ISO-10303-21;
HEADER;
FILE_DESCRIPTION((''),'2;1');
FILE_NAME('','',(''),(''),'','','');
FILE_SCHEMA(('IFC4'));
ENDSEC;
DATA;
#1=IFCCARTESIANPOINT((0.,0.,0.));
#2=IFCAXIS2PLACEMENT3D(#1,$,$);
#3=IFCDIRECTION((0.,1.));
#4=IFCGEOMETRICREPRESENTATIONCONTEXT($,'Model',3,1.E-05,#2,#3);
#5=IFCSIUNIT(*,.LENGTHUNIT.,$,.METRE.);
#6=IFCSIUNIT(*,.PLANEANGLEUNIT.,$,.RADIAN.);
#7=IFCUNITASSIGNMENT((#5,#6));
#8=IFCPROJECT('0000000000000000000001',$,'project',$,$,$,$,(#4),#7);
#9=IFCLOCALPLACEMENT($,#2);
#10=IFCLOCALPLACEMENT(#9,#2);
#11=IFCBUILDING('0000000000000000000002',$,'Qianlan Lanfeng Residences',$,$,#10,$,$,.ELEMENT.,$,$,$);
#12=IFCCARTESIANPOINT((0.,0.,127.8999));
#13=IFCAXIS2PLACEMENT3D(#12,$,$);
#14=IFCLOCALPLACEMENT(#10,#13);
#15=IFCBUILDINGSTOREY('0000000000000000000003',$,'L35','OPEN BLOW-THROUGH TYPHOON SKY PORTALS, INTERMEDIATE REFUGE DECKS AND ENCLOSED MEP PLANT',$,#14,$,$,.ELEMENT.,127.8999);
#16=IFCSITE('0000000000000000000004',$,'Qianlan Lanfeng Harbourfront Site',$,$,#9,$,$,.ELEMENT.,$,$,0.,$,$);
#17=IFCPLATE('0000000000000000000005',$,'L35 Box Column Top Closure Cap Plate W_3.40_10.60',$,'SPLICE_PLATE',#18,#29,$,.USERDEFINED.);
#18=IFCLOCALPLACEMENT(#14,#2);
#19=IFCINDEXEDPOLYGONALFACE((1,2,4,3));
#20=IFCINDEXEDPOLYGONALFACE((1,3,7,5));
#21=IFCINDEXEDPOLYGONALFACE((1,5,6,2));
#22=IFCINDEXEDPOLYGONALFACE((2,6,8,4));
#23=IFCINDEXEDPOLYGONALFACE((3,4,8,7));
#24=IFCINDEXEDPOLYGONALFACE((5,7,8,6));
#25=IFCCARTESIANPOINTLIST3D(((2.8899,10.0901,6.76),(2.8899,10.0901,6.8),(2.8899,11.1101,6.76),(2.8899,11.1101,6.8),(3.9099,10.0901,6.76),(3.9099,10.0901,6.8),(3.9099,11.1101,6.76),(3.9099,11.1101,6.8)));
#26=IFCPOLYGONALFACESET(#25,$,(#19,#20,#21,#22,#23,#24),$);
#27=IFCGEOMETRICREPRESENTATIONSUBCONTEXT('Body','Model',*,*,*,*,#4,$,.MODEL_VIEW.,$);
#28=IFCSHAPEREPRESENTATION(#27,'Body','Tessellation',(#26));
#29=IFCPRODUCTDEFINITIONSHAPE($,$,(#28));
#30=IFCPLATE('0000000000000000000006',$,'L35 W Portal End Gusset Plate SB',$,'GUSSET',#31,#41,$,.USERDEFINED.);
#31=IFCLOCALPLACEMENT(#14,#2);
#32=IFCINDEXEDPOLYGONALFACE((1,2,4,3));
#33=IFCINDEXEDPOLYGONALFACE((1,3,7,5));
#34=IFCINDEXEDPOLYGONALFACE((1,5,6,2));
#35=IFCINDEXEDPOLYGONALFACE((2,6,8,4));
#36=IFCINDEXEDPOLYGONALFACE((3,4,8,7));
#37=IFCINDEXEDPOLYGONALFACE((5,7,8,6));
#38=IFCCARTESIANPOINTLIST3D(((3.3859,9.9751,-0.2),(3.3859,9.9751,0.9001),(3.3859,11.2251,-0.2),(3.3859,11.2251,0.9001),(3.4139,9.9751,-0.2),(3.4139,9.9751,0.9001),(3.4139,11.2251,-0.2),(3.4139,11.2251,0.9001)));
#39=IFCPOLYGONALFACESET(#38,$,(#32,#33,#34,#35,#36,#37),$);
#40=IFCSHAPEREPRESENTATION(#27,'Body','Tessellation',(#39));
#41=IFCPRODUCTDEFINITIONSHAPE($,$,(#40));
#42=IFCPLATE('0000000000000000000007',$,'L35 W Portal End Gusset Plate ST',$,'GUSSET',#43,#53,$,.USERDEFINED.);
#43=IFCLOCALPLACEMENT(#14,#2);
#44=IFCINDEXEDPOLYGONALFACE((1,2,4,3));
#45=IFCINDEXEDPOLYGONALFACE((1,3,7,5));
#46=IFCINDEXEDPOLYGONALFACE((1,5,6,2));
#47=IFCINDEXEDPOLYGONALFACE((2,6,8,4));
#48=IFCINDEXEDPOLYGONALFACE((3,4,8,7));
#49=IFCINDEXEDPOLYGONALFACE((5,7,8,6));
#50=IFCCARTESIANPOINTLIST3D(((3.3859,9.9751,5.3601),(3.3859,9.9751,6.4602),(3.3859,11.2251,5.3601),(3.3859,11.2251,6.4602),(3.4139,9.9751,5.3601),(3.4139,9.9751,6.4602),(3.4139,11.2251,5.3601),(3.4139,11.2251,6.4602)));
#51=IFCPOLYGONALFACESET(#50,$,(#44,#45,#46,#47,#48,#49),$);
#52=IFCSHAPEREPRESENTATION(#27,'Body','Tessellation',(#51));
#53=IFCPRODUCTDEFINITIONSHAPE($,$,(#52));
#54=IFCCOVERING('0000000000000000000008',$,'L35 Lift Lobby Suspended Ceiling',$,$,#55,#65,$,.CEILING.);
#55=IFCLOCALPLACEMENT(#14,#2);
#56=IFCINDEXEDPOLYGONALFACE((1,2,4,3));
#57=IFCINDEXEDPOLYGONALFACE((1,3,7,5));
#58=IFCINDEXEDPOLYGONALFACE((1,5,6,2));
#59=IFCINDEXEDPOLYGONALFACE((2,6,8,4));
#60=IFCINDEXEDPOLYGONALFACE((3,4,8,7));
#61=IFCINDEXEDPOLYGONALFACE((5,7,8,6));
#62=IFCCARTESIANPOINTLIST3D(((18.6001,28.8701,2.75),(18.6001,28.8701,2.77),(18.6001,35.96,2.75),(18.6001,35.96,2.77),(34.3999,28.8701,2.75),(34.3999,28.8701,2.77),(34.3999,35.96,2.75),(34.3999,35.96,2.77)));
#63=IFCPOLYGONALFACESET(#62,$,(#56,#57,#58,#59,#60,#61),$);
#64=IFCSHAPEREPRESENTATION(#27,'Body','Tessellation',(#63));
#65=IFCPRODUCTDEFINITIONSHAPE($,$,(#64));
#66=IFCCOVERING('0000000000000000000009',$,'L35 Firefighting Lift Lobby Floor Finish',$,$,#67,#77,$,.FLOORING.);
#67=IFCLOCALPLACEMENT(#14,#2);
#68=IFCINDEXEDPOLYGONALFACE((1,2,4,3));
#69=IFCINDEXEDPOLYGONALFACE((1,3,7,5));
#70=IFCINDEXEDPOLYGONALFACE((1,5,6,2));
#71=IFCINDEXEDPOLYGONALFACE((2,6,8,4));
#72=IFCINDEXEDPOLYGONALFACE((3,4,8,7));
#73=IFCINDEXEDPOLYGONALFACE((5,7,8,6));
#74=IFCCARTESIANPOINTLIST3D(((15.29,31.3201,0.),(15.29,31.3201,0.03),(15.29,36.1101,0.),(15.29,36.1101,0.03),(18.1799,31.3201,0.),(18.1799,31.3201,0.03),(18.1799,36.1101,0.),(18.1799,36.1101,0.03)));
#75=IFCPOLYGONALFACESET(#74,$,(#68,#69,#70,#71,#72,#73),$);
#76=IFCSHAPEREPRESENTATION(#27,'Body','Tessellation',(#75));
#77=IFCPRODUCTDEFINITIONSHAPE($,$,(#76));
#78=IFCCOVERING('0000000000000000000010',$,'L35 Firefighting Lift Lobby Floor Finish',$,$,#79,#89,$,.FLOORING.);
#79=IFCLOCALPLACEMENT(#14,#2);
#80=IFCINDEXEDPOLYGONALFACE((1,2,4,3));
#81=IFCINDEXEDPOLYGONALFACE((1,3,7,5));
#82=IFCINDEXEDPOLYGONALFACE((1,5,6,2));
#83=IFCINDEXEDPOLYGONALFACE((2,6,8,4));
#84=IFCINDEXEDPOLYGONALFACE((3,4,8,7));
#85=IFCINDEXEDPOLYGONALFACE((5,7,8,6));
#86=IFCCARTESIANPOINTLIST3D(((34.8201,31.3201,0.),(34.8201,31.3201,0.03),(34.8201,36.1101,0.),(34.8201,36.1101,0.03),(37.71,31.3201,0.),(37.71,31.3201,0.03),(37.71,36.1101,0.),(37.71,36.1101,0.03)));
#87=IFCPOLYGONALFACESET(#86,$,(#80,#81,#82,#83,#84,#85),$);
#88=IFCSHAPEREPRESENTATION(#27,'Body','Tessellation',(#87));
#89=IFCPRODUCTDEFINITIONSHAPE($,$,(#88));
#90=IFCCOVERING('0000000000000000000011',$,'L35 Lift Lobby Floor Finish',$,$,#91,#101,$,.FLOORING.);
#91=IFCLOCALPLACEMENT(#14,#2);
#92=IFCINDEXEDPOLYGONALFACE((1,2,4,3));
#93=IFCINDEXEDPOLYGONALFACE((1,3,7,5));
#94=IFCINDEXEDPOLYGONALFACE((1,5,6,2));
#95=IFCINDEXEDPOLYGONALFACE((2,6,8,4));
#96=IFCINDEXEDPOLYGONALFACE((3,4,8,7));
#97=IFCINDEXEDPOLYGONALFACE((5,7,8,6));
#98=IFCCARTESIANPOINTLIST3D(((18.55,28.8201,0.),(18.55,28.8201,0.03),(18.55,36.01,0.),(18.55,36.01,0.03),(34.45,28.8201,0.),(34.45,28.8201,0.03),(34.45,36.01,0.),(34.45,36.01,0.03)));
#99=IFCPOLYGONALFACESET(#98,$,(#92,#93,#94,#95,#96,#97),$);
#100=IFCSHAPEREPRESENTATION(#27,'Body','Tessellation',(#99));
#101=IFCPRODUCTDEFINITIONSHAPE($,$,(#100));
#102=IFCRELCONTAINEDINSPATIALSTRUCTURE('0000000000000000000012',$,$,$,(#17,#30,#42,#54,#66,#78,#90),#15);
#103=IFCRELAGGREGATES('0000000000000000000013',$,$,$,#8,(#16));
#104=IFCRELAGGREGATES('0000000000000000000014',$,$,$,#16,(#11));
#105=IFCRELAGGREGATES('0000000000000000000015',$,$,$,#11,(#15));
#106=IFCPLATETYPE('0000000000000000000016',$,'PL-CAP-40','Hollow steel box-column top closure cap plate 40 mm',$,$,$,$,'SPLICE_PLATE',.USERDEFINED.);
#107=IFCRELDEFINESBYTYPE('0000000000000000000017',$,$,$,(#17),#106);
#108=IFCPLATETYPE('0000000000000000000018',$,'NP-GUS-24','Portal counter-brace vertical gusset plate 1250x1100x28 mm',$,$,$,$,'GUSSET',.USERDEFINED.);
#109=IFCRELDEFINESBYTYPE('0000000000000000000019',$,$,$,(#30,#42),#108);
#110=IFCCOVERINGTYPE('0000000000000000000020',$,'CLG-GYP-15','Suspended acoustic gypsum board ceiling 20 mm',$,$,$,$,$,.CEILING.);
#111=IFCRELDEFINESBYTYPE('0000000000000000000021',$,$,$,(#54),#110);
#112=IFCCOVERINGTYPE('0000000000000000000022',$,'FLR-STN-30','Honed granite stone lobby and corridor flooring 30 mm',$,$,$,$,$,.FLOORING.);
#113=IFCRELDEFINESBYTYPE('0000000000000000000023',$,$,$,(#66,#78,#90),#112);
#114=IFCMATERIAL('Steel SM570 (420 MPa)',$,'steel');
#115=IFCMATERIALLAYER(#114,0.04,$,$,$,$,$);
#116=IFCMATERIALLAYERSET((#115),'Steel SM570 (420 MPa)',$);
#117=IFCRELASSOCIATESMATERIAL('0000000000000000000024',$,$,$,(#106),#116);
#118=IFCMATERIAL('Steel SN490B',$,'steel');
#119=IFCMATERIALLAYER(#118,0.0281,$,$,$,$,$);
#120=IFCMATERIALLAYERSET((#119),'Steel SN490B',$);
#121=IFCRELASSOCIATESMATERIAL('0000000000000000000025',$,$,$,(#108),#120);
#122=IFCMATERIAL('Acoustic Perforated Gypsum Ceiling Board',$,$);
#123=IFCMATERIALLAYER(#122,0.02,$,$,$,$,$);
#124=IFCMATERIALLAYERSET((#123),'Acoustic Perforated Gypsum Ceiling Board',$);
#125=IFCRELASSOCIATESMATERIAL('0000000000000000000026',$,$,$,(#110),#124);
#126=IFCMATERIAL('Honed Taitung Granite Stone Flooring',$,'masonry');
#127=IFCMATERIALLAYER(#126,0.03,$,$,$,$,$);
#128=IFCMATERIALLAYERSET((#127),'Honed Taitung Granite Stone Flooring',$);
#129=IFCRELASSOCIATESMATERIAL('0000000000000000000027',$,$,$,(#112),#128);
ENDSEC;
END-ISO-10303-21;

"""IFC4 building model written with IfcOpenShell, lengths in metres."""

from ifc_helpers import new_model, si_unit, direction, frame, origin, origin_2d, place, context, subcontext, project, spatial, polyline, rectangle, outline, extrude, source, transform, mapped, material, layer, layer_set, type_object, element, save


model = new_model("IFC4")

# Units and contexts
model_context = context("Model", 3, precision=1e-05, world=origin(), true_north=direction((0.0, 1.0)))
body_context = subcontext(model_context, "Body", "Model", "MODEL_VIEW")
ifc_project = project(units=[si_unit("LENGTHUNIT", "METRE"), si_unit("PLANEANGLEUNIT", "RADIAN")], contexts=[model_context])

# Site, building, storey
site_placement = place(None, origin())
site = spatial("IfcSite", under=ifc_project, at=site_placement, Name="Qianlan Lanfeng Harbourfront Site", CompositionType="ELEMENT", RefElevation=0.0)
building_placement = place(site_placement, origin())
building = spatial("IfcBuilding", under=site, at=building_placement, Name="Qianlan Lanfeng Residences", CompositionType="ELEMENT")
storey_placement = place(building_placement, frame((0.0, 0.0, 127.8999)))
storey = spatial("IfcBuildingStorey", under=building, at=storey_placement, Name="L35", Description="OPEN BLOW-THROUGH TYPHOON SKY PORTALS, INTERMEDIATE REFUGE DECKS AND ENCLOSED MEP PLANT", CompositionType="ELEMENT", Elevation=127.8999)

# Shared definitions
ifc_material_1 = material(Name="Steel SN490B", Category="steel")

# Plates
ifc_material_2 = material(Name="Steel SM570 (420 MPa)", Category="steel")
ifc_layer_1 = layer(ifc_material_2, 0.04)
ifc_layer_set_1 = layer_set([ifc_layer_1], Name="Steel SM570 (420 MPa)")
plate_type_1 = type_object("IfcPlateType", Name="PL-CAP-40", Description="Hollow steel box-column top closure cap plate 40 mm", ElementType="SPLICE_PLATE", PredefinedType="USERDEFINED", material=ifc_layer_set_1)
shared_shape_1 = source(origin(), body_context, "Body", "SweptSolid", [
    extrude(rectangle(XDim=1.02, YDim=1.02, at=origin_2d()), origin(), (0.0, 0.0, 1.0), 0.04),
])
plate_placement = place(storey_placement, frame((3.3999, 10.6001, 6.76), z_axis=(0.0, 0.0, 1.0), x_axis=(1.0, 0.0, 0.0)))
element("IfcPlate", 1, at=plate_placement, inside=storey, type_object=plate_type_1, Name="L35 Box Column Top Closure Cap Plate W_3.40_10.60", ObjectType="SPLICE_PLATE", PredefinedType="USERDEFINED", context=body_context, shape_type="MappedRepresentation", body=[
    mapped(shared_shape_1, transform((0.0, 0.0, 0.0), scale=1.0)),
])
ifc_layer_2 = layer(ifc_material_1, 0.0281)
ifc_layer_set_2 = layer_set([ifc_layer_2], Name="Steel SN490B")
plate_type_2 = type_object("IfcPlateType", Name="NP-GUS-24", Description="Portal counter-brace vertical gusset plate 1250x1100x28 mm", ElementType="GUSSET", PredefinedType="USERDEFINED", material=ifc_layer_set_2)
shared_shape_2 = source(origin(), body_context, "Body", "SweptSolid", [
    extrude(rectangle(XDim=0.0281, YDim=1.25, at=origin_2d()), origin(), (0.0, 0.0, 1.0), 1.1001),
])
for number, where, z_axis, x_axis, name in (
    (2, (3.3999, 10.6001, -0.2), (0.0, 0.0, 1.0), (1.0, 0.0, 0.0), "L35 W Portal End Gusset Plate SB"),
    (3, (3.3999, 10.6001, 5.3601), (0.0, 0.0, 1.0), (1.0, 0.0, 0.0), "L35 W Portal End Gusset Plate ST"),
):
    element("IfcPlate", number, at=place(storey_placement, frame(where, z_axis=z_axis, x_axis=x_axis)), inside=storey, type_object=plate_type_2, Name=name, ObjectType="GUSSET", PredefinedType="USERDEFINED", context=body_context, shape_type="MappedRepresentation", body=[
        mapped(shared_shape_2, transform((0.0, 0.0, 0.0), scale=1.0)),
    ])

# Coverings
ifc_material_3 = material(Name="Acoustic Perforated Gypsum Ceiling Board")
ifc_layer_3 = layer(ifc_material_3, 0.02)
ifc_layer_set_3 = layer_set([ifc_layer_3], Name="Acoustic Perforated Gypsum Ceiling Board")
covering_type_1 = type_object("IfcCoveringType", Name="CLG-GYP-15", Description="Suspended acoustic gypsum board ceiling 20 mm", PredefinedType="CEILING", material=ifc_layer_set_3)
covering_1_placement = place(storey_placement, frame((0.0, 0.0, 2.75)))
element("IfcCovering", 4, at=covering_1_placement, inside=storey, type_object=covering_type_1, Name="L35 Lift Lobby Suspended Ceiling", PredefinedType="CEILING", context=body_context, shape_type="SweptSolid", body=[
    extrude(outline(polyline([(18.6001, 28.8701), (34.3999, 28.8701), (34.3999, 35.96), (18.6001, 35.96), (18.6001, 28.8701)])), origin(), (0.0, 0.0, 1.0), 0.02),
])
ifc_material_4 = material(Name="Honed Taitung Granite Stone Flooring", Category="masonry")
ifc_layer_4 = layer(ifc_material_4, 0.03)
ifc_layer_set_4 = layer_set([ifc_layer_4], Name="Honed Taitung Granite Stone Flooring")
covering_type_2 = type_object("IfcCoveringType", Name="FLR-STN-30", Description="Honed granite stone lobby and corridor flooring 30 mm", PredefinedType="FLOORING", material=ifc_layer_set_4)
covering_2_placement = place(storey_placement, origin())
element("IfcCovering", 5, at=covering_2_placement, inside=storey, type_object=covering_type_2, Name="L35 Firefighting Lift Lobby Floor Finish", PredefinedType="FLOORING", context=body_context, shape_type="SweptSolid", body=[
    extrude(outline(polyline([(15.29, 31.3201), (18.1799, 31.3201), (18.1799, 36.1101), (15.29, 36.1101), (15.29, 31.3201)])), origin(), (0.0, 0.0, 1.0), 0.03),
])
covering_3_placement = place(storey_placement, origin())
element("IfcCovering", 6, at=covering_3_placement, inside=storey, type_object=covering_type_2, Name="L35 Firefighting Lift Lobby Floor Finish", PredefinedType="FLOORING", context=body_context, shape_type="SweptSolid", body=[
    extrude(outline(polyline([(34.8201, 31.3201), (37.71, 31.3201), (37.71, 36.1101), (34.8201, 36.1101), (34.8201, 31.3201)])), origin(), (0.0, 0.0, 1.0), 0.03),
])
covering_4_placement = place(storey_placement, origin())
element("IfcCovering", 7, at=covering_4_placement, inside=storey, type_object=covering_type_2, Name="L35 Lift Lobby Floor Finish", PredefinedType="FLOORING", context=body_context, shape_type="SweptSolid", body=[
    extrude(outline(polyline([(18.55, 28.8201), (34.45, 28.8201), (34.45, 36.01), (18.55, 36.01), (18.55, 28.8201)])), origin(), (0.0, 0.0, 1.0), 0.03),
])

save(model, "model.ifc")
